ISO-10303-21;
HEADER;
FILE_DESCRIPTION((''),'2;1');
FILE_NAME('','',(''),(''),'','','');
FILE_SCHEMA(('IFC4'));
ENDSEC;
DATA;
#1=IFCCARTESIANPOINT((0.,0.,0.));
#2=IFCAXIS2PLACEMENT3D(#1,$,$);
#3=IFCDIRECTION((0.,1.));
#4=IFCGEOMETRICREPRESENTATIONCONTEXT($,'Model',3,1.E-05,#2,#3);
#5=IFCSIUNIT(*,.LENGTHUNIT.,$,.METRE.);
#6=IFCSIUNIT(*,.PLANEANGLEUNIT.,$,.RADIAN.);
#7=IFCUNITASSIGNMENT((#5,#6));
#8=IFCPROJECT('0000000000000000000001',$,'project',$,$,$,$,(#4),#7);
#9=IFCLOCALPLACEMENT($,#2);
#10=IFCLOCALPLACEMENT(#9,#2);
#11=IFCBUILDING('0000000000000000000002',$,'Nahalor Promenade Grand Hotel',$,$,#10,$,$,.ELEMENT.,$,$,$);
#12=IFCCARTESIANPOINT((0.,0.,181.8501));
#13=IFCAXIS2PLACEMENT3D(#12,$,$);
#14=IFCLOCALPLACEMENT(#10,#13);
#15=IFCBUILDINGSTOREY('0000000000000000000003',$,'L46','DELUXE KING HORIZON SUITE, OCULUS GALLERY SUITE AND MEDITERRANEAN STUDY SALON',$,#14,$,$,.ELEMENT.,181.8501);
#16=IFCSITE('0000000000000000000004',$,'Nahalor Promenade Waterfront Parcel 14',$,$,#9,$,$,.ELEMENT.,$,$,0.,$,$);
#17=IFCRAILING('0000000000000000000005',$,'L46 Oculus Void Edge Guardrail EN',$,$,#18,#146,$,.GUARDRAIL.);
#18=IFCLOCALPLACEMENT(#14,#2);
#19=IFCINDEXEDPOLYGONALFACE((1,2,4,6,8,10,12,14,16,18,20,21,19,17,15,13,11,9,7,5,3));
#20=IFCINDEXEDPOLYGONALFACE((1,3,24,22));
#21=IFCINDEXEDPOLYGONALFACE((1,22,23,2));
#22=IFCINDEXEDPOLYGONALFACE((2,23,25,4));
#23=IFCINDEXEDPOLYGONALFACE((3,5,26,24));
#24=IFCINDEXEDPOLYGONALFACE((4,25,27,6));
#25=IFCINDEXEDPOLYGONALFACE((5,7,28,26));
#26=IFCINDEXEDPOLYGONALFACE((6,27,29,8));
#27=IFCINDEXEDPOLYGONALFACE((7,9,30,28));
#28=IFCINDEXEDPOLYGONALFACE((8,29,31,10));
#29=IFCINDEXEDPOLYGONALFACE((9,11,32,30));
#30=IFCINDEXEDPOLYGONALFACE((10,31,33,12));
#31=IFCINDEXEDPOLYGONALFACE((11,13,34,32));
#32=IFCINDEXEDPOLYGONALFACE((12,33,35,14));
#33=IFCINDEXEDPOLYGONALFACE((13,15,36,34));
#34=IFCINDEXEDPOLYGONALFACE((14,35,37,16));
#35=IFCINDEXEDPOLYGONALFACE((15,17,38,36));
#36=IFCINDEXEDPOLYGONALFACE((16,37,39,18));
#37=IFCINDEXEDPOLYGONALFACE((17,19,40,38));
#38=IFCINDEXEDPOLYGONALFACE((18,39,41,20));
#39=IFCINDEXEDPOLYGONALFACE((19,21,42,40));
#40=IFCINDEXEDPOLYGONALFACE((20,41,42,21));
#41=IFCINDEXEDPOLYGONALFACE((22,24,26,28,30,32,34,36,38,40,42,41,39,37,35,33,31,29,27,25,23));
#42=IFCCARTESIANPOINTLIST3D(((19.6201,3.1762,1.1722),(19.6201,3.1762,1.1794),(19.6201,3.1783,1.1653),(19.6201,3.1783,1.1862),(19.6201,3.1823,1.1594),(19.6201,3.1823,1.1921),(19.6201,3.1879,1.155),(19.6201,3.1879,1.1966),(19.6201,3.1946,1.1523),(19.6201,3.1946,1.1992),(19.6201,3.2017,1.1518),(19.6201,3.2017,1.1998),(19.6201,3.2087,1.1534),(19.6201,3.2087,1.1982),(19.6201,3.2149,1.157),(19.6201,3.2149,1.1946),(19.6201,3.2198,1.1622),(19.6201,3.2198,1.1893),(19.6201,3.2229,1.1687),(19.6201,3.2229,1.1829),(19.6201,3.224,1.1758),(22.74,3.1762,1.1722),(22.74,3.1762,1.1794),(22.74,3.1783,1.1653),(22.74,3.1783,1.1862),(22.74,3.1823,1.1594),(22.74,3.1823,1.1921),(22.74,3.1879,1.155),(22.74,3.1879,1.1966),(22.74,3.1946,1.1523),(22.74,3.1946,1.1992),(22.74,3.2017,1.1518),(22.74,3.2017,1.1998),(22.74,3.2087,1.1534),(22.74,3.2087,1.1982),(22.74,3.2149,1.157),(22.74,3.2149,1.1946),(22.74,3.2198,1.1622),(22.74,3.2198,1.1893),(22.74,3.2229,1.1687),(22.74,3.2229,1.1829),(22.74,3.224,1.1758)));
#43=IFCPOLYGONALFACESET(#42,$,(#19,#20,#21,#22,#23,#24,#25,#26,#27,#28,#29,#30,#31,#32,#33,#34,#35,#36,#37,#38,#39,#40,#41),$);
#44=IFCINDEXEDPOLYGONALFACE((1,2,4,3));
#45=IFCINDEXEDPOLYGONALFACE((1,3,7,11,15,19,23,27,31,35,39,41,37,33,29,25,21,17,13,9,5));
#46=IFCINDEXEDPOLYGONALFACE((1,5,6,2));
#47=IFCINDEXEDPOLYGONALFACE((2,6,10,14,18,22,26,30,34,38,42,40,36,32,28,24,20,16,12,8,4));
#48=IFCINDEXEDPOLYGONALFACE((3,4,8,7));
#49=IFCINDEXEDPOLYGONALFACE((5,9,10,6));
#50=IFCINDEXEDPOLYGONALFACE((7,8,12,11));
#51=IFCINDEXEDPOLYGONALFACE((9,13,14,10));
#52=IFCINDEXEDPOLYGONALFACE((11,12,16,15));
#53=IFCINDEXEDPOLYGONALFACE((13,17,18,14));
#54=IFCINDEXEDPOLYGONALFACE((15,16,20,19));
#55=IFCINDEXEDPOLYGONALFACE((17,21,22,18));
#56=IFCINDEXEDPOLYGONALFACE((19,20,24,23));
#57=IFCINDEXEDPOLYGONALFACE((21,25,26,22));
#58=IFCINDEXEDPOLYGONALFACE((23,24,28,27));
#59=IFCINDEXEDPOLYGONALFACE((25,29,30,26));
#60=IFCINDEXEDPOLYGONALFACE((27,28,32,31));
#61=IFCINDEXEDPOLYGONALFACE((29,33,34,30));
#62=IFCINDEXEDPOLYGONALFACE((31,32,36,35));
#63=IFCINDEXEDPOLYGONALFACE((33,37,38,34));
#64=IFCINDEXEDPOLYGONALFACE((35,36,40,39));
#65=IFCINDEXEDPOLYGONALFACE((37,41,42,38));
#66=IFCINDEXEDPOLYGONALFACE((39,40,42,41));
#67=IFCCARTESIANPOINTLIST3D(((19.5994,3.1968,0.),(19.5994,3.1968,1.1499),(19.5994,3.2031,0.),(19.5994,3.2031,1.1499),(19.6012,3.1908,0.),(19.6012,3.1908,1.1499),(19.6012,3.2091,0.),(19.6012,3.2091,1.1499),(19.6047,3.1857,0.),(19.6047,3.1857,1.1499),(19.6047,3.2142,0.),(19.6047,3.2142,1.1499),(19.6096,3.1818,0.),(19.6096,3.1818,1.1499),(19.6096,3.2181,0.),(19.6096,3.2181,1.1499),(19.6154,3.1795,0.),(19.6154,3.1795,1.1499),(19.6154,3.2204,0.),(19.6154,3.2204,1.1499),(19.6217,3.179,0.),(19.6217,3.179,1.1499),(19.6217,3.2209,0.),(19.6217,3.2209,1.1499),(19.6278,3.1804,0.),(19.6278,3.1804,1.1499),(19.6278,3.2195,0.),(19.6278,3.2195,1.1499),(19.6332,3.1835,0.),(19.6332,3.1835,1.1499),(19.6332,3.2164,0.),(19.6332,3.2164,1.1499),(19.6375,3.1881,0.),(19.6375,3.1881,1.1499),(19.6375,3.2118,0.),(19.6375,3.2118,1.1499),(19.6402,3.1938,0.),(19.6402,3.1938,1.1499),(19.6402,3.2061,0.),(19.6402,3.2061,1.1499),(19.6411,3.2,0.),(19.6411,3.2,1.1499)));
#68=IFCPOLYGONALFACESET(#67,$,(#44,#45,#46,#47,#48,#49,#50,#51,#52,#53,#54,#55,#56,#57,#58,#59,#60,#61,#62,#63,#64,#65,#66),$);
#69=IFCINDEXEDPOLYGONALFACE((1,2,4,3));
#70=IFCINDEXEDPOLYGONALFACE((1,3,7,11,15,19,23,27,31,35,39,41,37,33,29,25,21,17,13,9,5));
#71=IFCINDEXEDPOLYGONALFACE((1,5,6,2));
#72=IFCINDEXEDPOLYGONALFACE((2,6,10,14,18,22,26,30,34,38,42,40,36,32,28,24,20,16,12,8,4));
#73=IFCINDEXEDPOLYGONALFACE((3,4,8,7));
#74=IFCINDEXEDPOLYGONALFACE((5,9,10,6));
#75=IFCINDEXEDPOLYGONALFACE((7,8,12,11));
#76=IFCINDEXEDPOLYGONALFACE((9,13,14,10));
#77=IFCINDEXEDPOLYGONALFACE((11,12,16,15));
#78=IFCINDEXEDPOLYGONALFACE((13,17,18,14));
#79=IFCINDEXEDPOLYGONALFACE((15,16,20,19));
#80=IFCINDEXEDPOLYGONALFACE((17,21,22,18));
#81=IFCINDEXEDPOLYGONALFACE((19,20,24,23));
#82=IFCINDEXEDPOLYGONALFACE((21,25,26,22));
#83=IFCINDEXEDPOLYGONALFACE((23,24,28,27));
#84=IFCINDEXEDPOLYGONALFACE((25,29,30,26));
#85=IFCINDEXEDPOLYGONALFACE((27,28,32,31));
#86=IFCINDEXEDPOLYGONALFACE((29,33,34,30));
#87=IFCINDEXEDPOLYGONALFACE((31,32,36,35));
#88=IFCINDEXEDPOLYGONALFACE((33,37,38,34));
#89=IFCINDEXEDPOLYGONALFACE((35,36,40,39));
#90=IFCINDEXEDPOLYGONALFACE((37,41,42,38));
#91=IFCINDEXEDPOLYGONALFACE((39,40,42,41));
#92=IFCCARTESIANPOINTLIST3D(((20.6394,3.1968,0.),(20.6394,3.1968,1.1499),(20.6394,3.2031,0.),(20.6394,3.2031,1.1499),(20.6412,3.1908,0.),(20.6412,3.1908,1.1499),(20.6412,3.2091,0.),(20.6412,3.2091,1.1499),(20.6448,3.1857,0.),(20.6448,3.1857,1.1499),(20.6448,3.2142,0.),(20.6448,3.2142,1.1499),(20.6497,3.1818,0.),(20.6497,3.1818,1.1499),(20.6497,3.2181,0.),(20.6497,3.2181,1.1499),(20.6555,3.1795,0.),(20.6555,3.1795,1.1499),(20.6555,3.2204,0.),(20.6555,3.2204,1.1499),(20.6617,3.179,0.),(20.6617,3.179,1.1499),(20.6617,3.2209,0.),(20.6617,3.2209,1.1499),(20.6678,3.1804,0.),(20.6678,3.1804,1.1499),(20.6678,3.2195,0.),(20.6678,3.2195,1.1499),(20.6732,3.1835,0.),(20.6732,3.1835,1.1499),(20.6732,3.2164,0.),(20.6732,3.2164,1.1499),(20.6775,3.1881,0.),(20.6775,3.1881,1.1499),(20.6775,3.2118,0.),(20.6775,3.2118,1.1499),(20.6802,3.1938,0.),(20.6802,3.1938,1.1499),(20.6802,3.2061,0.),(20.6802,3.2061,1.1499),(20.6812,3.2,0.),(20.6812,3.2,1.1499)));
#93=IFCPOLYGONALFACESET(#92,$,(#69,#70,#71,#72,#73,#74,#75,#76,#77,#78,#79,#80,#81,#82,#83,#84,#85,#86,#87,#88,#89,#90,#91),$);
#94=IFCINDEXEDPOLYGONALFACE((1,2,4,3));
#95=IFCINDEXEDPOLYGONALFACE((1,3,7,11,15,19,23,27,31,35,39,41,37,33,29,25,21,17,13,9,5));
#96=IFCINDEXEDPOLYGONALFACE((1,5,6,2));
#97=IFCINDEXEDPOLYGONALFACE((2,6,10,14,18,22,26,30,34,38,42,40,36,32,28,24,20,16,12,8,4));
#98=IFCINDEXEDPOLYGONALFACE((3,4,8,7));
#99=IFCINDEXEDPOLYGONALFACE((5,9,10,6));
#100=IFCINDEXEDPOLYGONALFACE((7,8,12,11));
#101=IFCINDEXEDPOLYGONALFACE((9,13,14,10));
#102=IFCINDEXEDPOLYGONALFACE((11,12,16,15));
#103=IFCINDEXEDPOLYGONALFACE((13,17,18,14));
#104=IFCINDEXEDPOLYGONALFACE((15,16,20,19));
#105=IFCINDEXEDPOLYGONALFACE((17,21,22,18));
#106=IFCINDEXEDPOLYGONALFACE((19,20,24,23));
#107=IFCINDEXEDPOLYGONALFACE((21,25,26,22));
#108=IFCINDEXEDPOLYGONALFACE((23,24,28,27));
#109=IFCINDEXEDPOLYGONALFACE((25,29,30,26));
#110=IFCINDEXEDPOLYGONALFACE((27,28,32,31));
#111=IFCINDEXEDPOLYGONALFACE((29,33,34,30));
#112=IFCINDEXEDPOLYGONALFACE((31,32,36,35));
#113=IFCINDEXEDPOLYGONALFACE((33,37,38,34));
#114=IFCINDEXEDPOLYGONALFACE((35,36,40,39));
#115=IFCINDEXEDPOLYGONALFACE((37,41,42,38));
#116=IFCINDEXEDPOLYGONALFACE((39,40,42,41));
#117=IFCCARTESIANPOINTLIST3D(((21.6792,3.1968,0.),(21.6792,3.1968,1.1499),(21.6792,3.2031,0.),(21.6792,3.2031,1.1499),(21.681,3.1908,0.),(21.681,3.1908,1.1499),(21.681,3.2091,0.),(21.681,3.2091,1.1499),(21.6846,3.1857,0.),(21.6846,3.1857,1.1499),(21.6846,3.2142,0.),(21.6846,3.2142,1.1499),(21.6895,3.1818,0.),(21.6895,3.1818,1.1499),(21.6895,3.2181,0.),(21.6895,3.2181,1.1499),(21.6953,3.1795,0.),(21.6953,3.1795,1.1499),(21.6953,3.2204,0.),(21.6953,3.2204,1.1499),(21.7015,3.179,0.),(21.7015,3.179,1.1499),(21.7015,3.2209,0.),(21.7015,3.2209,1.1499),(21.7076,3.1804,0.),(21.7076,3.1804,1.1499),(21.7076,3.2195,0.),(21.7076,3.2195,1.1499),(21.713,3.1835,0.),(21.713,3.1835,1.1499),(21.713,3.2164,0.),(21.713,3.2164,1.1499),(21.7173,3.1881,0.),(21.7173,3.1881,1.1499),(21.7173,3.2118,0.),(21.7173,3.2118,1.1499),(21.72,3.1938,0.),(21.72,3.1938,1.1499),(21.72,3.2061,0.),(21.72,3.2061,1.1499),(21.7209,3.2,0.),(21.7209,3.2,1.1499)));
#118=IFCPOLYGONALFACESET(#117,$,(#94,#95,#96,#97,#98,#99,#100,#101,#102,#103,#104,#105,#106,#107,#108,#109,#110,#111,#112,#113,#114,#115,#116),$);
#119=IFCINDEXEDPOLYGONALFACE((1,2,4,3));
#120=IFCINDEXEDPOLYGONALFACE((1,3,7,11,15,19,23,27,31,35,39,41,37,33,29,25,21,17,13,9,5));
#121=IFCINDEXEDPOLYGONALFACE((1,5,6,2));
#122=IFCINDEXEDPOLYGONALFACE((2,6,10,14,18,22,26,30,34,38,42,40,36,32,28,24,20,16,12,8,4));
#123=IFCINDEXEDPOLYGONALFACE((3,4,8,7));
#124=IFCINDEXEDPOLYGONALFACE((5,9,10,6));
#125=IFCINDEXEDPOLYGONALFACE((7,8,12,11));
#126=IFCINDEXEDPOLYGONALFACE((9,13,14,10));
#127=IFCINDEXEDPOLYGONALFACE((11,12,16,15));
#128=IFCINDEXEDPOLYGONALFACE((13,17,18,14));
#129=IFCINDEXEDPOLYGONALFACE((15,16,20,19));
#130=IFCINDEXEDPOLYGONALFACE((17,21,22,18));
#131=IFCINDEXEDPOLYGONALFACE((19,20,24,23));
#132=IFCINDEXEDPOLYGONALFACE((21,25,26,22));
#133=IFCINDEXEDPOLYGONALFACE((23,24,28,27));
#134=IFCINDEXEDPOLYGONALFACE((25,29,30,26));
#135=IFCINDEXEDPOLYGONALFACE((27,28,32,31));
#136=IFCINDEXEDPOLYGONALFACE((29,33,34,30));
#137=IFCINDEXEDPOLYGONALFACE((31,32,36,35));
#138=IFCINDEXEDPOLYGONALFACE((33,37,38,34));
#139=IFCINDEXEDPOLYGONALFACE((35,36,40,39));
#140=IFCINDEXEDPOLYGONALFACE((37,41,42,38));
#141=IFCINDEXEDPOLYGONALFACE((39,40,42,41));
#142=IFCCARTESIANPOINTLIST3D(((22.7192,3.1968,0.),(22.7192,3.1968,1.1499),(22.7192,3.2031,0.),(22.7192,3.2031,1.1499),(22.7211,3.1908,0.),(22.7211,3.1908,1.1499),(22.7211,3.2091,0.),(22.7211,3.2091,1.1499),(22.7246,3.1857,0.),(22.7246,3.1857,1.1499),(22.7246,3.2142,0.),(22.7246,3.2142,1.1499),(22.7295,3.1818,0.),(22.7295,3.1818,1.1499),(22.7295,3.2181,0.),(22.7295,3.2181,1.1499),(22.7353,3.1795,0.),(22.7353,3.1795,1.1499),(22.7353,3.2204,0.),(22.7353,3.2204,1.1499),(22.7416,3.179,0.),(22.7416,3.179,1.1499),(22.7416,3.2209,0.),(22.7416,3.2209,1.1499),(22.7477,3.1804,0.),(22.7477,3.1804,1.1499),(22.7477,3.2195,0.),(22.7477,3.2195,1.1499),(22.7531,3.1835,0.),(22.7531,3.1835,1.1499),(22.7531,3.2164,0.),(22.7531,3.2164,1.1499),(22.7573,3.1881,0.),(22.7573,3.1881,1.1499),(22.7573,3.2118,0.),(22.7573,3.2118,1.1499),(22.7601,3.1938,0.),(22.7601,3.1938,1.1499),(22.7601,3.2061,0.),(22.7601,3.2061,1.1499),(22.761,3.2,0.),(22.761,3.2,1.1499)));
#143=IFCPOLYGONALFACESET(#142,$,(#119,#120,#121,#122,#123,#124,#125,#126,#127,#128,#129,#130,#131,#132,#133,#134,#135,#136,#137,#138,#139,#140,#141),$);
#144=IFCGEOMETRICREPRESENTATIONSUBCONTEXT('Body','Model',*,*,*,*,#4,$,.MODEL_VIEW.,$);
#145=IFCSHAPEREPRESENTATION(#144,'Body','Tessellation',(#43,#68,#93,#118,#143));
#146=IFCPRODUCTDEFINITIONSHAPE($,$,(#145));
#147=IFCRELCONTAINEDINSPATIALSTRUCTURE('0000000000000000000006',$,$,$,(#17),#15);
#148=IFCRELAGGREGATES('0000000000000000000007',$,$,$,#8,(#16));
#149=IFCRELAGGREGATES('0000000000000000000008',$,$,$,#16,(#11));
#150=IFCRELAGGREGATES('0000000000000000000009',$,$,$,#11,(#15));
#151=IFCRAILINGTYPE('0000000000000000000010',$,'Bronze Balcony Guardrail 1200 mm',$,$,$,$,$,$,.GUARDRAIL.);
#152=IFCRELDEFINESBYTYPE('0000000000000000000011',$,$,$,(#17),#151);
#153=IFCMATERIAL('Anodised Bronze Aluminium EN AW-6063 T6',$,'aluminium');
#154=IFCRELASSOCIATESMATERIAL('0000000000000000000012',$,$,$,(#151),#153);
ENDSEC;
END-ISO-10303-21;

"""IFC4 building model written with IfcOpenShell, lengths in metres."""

from ifc_helpers import new_model, si_unit, direction, frame, origin, origin_2d, place, context, subcontext, project, spatial, circle, extrude, material, type_object, element, save


model = new_model("IFC4")

# Units and contexts
model_context = context("Model", 3, precision=1e-05, world=origin(), true_north=direction((0.0, 1.0)))
body_context = subcontext(model_context, "Body", "Model", "MODEL_VIEW")
ifc_project = project(units=[si_unit("LENGTHUNIT", "METRE"), si_unit("PLANEANGLEUNIT", "RADIAN")], contexts=[model_context])

# Site, building, storey
site_placement = place(None, origin())
site = spatial("IfcSite", under=ifc_project, at=site_placement, Name="Nahalor Promenade Waterfront Parcel 14", CompositionType="ELEMENT", RefElevation=0.0)
building_placement = place(site_placement, origin())
building = spatial("IfcBuilding", under=site, at=building_placement, Name="Nahalor Promenade Grand Hotel", CompositionType="ELEMENT")
storey_placement = place(building_placement, frame((0.0, 0.0, 181.8501)))
storey = spatial("IfcBuildingStorey", under=building, at=storey_placement, Name="L46", Description="DELUXE KING HORIZON SUITE, OCULUS GALLERY SUITE AND MEDITERRANEAN STUDY SALON", CompositionType="ELEMENT", Elevation=181.8501)

# Shared definitions
ifc_material_1 = material(Name="Anodised Bronze Aluminium EN AW-6063 T6", Category="aluminium")

# Railing
railing_type = type_object("IfcRailingType", Name="Bronze Balcony Guardrail 1200 mm", PredefinedType="GUARDRAIL", material=ifc_material_1)
for number, where, name in (
    (1, (19.6201, 3.2, 0.0), "L46 Oculus Void Edge Guardrail EN"),
):
    element("IfcRailing", number, at=place(storey_placement, frame(where)), inside=storey, type_object=railing_type, Name=name, PredefinedType="GUARDRAIL", context=body_context, shape_type="SweptSolid", body=[
        extrude(circle(Radius=0.024, at=origin_2d()), frame((0.0, 0.0, 1.1758), z_axis=(1.0, 0.0, 0.0), x_axis=(0.0, 1.0, 0.0)), (0.0, 0.0, 1.0), 3.1199),
        extrude(circle(Radius=0.021, at=origin_2d()), origin(), (0.0, 0.0, 1.0), 1.1499),
        extrude(circle(Radius=0.021, at=origin_2d()), frame((1.04, 0.0, 0.0)), (0.0, 0.0, 1.0), 1.1499),
        extrude(circle(Radius=0.021, at=origin_2d()), frame((2.0798, 0.0, 0.0)), (0.0, 0.0, 1.0), 1.1499),
        extrude(circle(Radius=0.021, at=origin_2d()), frame((3.1199, 0.0, 0.0)), (0.0, 0.0, 1.0), 1.1499),
    ])

save(model, "model.ifc")
